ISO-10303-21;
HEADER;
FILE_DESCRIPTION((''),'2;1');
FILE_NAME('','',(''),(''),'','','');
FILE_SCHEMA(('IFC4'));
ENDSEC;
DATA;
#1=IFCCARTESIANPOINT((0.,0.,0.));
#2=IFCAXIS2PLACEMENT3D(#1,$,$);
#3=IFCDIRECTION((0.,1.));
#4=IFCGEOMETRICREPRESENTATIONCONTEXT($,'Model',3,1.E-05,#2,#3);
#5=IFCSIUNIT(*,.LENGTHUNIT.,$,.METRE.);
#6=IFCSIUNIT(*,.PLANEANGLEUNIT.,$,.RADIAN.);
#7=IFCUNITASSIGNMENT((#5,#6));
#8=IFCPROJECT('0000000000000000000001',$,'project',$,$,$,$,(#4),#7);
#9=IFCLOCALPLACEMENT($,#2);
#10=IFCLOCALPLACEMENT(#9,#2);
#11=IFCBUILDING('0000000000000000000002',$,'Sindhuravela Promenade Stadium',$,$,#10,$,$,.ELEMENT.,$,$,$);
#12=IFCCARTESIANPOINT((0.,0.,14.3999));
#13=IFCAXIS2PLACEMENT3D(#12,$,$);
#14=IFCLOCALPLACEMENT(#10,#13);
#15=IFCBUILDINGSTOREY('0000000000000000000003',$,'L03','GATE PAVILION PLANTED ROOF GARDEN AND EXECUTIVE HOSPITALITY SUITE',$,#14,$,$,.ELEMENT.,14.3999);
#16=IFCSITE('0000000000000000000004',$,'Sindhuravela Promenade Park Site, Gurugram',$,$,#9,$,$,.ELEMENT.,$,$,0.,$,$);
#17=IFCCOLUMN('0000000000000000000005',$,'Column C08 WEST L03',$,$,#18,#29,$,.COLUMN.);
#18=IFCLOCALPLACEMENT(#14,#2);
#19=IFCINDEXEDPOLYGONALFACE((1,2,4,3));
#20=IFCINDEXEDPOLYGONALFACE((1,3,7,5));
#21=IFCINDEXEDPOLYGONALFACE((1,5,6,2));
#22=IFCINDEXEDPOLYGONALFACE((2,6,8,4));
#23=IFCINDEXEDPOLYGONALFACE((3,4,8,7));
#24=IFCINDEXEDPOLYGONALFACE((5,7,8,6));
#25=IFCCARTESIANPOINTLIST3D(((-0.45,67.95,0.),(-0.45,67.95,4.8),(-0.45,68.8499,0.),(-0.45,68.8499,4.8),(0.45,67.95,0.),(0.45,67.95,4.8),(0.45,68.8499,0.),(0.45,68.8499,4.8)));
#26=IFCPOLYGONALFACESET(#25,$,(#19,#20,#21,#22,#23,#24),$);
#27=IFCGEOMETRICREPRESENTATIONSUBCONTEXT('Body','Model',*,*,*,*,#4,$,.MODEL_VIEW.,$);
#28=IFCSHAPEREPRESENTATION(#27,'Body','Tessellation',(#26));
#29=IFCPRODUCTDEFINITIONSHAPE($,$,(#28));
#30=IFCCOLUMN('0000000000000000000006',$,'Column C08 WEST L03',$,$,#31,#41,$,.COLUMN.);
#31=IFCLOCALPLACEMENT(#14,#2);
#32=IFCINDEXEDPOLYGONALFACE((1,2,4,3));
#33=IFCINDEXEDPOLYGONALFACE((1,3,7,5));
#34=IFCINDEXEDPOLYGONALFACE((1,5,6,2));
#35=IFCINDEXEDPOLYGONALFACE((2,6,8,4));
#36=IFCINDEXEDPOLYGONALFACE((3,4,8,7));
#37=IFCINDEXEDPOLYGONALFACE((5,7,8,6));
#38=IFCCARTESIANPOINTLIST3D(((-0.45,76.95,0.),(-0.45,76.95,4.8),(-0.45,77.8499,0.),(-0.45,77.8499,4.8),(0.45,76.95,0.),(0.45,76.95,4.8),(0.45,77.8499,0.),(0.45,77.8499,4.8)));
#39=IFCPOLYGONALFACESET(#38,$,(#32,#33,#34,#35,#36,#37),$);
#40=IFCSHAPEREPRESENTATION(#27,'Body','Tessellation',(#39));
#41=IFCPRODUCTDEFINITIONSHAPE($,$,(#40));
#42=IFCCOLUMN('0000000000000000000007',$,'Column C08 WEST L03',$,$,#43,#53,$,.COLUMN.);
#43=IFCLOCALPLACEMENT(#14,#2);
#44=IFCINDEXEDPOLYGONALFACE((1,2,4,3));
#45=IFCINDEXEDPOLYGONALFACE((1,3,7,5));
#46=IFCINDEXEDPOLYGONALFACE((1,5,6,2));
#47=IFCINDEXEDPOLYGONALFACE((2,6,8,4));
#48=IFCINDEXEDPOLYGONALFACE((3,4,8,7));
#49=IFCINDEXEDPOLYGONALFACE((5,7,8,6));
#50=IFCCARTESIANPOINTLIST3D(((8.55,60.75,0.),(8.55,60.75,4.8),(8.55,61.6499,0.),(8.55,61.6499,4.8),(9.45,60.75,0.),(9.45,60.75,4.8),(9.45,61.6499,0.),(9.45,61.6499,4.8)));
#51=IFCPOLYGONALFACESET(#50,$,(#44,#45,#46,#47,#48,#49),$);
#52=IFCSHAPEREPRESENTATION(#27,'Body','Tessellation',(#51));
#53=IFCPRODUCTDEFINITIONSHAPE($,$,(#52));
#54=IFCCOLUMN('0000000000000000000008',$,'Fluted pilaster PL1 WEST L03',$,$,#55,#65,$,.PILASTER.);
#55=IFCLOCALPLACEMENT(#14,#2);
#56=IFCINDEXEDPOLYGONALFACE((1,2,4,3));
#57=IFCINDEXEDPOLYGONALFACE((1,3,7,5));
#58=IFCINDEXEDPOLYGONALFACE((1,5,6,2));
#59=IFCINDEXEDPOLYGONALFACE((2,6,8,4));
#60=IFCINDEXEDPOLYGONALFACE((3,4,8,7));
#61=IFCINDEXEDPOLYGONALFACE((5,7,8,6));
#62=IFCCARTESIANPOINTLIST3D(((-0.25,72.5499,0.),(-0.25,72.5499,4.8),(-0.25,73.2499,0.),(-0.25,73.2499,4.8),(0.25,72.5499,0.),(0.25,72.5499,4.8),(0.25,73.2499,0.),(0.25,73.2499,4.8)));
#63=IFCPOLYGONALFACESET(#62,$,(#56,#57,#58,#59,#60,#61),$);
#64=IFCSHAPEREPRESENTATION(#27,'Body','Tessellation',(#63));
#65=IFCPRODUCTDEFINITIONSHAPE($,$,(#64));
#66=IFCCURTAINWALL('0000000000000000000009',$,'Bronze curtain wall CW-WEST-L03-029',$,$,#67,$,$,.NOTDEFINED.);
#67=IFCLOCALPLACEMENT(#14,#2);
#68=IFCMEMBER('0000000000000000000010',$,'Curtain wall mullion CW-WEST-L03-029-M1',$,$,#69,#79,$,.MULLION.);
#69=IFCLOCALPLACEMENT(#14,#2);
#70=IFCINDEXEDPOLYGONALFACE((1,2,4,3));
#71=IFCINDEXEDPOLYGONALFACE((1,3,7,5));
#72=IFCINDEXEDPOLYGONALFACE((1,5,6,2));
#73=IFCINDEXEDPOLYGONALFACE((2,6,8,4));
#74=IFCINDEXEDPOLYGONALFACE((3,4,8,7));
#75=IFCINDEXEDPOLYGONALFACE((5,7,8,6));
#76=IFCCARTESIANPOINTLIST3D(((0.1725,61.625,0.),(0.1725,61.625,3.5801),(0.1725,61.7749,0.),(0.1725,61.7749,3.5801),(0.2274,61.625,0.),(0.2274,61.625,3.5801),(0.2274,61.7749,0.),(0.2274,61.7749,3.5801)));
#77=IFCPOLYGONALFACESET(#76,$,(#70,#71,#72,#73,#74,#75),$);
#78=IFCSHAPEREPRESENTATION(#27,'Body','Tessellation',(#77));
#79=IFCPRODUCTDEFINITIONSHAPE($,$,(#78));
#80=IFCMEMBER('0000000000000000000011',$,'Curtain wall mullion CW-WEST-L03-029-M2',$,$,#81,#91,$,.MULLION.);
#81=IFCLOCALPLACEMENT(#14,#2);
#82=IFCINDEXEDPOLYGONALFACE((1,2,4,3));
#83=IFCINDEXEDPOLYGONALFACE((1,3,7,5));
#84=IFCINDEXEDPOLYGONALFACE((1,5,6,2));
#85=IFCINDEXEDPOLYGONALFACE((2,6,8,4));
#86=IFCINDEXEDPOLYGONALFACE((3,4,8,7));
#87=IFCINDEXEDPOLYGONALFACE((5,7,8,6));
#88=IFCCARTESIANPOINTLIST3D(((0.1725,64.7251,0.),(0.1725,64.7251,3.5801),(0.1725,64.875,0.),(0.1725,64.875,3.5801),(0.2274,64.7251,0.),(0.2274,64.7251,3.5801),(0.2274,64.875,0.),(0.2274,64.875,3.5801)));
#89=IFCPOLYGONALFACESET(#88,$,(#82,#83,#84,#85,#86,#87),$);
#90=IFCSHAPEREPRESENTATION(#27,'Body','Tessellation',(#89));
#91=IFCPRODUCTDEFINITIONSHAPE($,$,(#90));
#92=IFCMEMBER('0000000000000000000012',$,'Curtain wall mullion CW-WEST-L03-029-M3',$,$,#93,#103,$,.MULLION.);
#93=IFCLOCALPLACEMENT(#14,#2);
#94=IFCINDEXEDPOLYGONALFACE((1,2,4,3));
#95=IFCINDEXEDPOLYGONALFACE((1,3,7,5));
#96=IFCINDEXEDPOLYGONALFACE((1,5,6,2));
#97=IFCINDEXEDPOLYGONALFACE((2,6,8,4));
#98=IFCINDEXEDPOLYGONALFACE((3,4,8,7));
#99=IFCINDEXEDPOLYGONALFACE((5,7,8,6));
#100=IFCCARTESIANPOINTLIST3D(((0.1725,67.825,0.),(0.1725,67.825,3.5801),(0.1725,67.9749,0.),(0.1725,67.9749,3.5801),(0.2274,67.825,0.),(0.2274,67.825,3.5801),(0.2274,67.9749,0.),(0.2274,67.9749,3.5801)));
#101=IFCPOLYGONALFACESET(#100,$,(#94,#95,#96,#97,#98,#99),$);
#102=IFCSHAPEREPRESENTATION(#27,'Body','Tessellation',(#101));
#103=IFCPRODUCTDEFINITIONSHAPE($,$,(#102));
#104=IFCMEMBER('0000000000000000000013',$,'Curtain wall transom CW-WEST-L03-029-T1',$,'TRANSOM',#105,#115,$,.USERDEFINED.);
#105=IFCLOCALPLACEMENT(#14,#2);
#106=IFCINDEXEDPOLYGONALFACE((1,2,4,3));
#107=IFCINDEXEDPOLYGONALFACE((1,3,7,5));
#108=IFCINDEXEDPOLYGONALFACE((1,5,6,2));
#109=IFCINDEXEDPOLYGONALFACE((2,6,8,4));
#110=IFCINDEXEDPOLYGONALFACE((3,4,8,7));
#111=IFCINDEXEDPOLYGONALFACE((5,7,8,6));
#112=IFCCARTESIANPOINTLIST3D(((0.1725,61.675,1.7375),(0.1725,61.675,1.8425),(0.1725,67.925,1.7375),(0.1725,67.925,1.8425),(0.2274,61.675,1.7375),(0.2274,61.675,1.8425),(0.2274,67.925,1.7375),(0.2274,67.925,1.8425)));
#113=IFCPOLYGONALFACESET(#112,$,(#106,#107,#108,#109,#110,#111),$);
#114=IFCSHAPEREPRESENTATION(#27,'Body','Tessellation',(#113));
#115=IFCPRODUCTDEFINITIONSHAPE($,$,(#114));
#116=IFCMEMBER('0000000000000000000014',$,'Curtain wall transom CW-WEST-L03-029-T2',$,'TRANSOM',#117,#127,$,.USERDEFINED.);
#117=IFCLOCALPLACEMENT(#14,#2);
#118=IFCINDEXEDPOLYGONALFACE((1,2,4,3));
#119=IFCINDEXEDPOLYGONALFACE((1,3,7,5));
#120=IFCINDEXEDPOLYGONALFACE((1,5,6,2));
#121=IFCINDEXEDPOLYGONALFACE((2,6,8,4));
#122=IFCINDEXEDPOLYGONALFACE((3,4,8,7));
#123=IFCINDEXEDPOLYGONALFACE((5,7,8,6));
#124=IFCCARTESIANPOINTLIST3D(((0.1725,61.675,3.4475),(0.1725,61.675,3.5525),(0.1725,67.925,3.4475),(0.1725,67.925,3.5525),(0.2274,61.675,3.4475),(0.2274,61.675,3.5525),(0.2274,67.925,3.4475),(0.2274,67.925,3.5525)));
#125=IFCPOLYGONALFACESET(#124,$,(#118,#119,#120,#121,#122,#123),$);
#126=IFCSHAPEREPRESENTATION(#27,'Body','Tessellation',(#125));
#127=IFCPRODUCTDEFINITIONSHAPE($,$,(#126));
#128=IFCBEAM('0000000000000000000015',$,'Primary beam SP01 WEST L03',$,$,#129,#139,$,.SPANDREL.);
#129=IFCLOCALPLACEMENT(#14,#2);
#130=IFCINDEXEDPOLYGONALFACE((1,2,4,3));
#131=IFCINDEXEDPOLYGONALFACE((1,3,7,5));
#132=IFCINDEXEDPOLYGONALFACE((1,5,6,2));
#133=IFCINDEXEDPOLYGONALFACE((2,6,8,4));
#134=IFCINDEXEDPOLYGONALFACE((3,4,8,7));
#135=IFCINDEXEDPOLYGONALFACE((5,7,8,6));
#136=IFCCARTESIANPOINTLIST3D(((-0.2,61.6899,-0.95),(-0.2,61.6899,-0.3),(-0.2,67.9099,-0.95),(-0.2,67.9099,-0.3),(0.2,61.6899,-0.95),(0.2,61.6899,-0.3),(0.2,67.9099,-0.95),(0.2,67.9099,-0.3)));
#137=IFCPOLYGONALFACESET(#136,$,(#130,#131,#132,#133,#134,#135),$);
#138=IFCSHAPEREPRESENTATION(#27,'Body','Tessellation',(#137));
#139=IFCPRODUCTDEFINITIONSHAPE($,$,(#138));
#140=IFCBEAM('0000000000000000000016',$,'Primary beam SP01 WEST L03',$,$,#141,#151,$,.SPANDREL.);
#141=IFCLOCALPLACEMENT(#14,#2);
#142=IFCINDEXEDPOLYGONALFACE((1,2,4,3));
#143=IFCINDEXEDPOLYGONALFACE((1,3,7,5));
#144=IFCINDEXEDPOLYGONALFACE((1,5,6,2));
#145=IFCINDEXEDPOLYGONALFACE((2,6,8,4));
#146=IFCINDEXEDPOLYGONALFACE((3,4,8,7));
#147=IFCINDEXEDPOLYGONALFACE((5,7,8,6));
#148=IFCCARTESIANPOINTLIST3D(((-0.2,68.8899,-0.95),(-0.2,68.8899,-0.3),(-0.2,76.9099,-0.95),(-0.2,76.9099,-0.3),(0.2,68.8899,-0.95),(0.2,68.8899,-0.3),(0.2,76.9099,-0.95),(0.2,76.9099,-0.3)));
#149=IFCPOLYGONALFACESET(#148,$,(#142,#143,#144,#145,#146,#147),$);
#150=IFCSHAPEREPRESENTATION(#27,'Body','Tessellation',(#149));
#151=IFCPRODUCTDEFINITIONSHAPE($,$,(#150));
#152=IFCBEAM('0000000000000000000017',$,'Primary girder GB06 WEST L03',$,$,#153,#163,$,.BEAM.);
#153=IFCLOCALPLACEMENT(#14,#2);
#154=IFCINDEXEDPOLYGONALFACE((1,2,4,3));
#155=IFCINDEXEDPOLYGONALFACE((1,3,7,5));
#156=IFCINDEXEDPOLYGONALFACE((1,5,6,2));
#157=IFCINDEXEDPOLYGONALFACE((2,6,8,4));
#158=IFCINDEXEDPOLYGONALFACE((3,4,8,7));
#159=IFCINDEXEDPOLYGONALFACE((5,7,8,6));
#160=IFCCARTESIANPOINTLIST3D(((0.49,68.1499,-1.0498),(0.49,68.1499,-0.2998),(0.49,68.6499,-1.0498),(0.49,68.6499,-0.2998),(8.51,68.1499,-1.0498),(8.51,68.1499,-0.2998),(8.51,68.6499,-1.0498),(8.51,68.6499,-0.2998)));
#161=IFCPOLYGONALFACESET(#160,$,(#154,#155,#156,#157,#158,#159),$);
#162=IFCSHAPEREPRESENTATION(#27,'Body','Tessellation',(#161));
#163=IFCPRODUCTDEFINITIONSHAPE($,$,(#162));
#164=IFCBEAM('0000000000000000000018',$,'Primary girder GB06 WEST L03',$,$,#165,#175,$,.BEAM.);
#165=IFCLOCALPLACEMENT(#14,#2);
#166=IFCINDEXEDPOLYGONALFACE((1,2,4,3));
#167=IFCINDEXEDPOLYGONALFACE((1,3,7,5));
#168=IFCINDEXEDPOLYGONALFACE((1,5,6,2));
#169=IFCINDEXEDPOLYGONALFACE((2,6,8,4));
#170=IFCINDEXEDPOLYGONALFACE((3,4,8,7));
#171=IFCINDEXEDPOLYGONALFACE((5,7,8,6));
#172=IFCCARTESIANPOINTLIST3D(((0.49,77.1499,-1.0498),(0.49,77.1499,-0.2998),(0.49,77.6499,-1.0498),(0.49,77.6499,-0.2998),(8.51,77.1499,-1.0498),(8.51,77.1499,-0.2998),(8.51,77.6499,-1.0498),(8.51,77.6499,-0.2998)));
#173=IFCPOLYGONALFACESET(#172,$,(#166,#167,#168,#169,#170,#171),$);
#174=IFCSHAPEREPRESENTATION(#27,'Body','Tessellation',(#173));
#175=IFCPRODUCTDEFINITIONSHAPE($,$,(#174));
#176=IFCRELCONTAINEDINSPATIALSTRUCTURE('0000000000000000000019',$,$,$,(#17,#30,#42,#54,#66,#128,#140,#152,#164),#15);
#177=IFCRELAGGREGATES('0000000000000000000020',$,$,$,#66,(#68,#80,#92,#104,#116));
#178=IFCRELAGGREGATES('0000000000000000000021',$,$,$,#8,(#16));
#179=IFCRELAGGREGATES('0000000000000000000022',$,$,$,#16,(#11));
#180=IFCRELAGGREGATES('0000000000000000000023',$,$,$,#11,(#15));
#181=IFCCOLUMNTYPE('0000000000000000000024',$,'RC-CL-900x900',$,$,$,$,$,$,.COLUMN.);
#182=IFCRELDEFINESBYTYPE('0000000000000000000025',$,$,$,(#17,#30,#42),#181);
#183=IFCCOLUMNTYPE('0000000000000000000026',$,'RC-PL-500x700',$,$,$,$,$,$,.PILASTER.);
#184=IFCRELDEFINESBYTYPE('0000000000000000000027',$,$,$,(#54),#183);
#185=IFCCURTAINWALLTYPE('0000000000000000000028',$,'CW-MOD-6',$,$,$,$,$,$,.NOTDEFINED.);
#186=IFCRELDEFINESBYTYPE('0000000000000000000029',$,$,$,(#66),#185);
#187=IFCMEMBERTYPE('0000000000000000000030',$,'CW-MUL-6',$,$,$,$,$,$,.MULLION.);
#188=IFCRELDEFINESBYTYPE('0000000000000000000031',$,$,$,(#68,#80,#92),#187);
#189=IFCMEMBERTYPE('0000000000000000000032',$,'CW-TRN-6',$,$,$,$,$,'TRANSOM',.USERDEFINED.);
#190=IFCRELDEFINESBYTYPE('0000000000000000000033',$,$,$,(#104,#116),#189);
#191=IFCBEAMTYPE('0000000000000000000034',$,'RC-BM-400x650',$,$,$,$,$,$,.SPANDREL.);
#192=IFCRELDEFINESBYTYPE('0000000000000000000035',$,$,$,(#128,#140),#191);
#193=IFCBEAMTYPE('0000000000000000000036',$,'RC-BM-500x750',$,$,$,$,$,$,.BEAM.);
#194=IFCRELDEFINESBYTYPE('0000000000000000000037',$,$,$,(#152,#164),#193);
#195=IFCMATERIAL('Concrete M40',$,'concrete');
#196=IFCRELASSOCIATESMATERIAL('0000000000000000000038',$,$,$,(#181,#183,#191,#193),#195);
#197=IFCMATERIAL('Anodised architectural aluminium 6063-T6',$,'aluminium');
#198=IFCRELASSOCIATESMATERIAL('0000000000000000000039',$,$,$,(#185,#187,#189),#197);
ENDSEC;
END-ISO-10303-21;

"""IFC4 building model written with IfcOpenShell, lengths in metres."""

from ifc_helpers import new_model, si_unit, direction, frame, origin, origin_2d, place, context, subcontext, project, spatial, rectangle, extrude, material, material_profile, profile_set, type_object, element, aggregate, save


model = new_model("IFC4")

# Units and contexts
model_context = context("Model", 3, precision=1e-05, world=origin(), true_north=direction((0.0, 1.0)))
body_context = subcontext(model_context, "Body", "Model", "MODEL_VIEW")
ifc_project = project(units=[si_unit("LENGTHUNIT", "METRE"), si_unit("PLANEANGLEUNIT", "RADIAN")], contexts=[model_context])

# Site, building, storey
site_placement = place(None, origin())
site = spatial("IfcSite", under=ifc_project, at=site_placement, Name="Sindhuravela Promenade Park Site, Gurugram", CompositionType="ELEMENT", RefElevation=0.0)
building_placement = place(site_placement, origin())
building = spatial("IfcBuilding", under=site, at=building_placement, Name="Sindhuravela Promenade Stadium", CompositionType="ELEMENT")
storey_placement = place(building_placement, frame((0.0, 0.0, 14.3999)))
storey = spatial("IfcBuildingStorey", under=building, at=storey_placement, Name="L03", Description="GATE PAVILION PLANTED ROOF GARDEN AND EXECUTIVE HOSPITALITY SUITE", CompositionType="ELEMENT", Elevation=14.3999)

# Columns
ifc_material_1 = material(Name="Concrete M40", Category="concrete")
ifc_material_profile_1 = material_profile(ifc_material_1, rectangle(XDim=0.8999, YDim=0.8999, at=origin_2d()), Name="RC 900x900")
ifc_profile_set_1 = profile_set([ifc_material_profile_1], Name="Concrete M40")
column_type_1 = type_object("IfcColumnType", Name="RC-CL-900x900", PredefinedType="COLUMN", material=ifc_profile_set_1)
for number, where, z_axis, x_axis, name in (
    (1, (0.0, 68.3999, 0.0), (0.0, 0.0, 1.0), (1.0, 0.0, 0.0), "Column C08 WEST L03"),
    (2, (0.0, 77.3999, 0.0), (0.0, 0.0, 1.0), (1.0, 0.0, 0.0), "Column C08 WEST L03"),
    (3, (9.0, 61.2, 0.0), (0.0, 0.0, 1.0), (1.0, 0.0, 0.0), "Column C08 WEST L03"),
):
    element("IfcColumn", number, at=place(storey_placement, frame(where, z_axis=z_axis, x_axis=x_axis)), inside=storey, type_object=column_type_1, Name=name, PredefinedType="COLUMN", context=body_context, shape_type="SweptSolid", body=[
        extrude(rectangle(XDim=0.8999, YDim=0.8999, at=origin_2d()), origin(), (0.0, 0.0, 1.0), 4.8),
    ])
ifc_material_profile_2 = material_profile(ifc_material_1, rectangle(XDim=0.5, YDim=0.7, at=origin_2d()), Name="PIL 500x700")
ifc_profile_set_2 = profile_set([ifc_material_profile_2], Name="Concrete M40")
column_type_2 = type_object("IfcColumnType", Name="RC-PL-500x700", PredefinedType="PILASTER", material=ifc_profile_set_2)
column_placement = place(storey_placement, frame((0.0, 72.8999, 0.0), z_axis=(0.0, 0.0, 1.0), x_axis=(1.0, 0.0, 0.0)))
element("IfcColumn", 4, at=column_placement, inside=storey, type_object=column_type_2, Name="Fluted pilaster PL1 WEST L03", PredefinedType="PILASTER", context=body_context, shape_type="SweptSolid", body=[
    extrude(rectangle(XDim=0.5, YDim=0.7, at=origin_2d()), origin(), (0.0, 0.0, 1.0), 4.8),
])

# Curtain wall, members
ifc_material_2 = material(Name="Anodised architectural aluminium 6063-T6", Category="aluminium")
curtain_wall_type = type_object("IfcCurtainWallType", Name="CW-MOD-6", PredefinedType="NOTDEFINED", material=ifc_material_2)
curtain_wall_placement = place(storey_placement, origin())
curtain_wall = element("IfcCurtainWall", 5, at=curtain_wall_placement, inside=storey, type_object=curtain_wall_type, Name="Bronze curtain wall CW-WEST-L03-029", PredefinedType="NOTDEFINED")
ifc_material_profile_3 = material_profile(ifc_material_2, rectangle(XDim=0.0549, YDim=0.1499, at=origin_2d()), Name="ALU M55x150")
ifc_profile_set_3 = profile_set([ifc_material_profile_3], Name="Anodised architectural aluminium 6063-T6")
member_type_1 = type_object("IfcMemberType", Name="CW-MUL-6", PredefinedType="MULLION", material=ifc_profile_set_3)
member_1_placement = place(storey_placement, frame((0.2, 61.7, 0.0), z_axis=(0.0, 0.0, 1.0), x_axis=(1.0, 0.0, 0.0)))
member_1 = element("IfcMember", 6, at=member_1_placement, type_object=member_type_1, Name="Curtain wall mullion CW-WEST-L03-029-M1", PredefinedType="MULLION", context=body_context, shape_type="SweptSolid", body=[
    extrude(rectangle(XDim=0.0549, YDim=0.1499, at=origin_2d()), origin(), (0.0, 0.0, 1.0), 3.5801),
])
member_2_placement = place(storey_placement, frame((0.2, 64.8, 0.0), z_axis=(0.0, 0.0, 1.0), x_axis=(1.0, 0.0, 0.0)))
member_2 = element("IfcMember", 7, at=member_2_placement, type_object=member_type_1, Name="Curtain wall mullion CW-WEST-L03-029-M2", PredefinedType="MULLION", context=body_context, shape_type="SweptSolid", body=[
    extrude(rectangle(XDim=0.0549, YDim=0.1499, at=origin_2d()), origin(), (0.0, 0.0, 1.0), 3.5801),
])
member_3_placement = place(storey_placement, frame((0.2, 67.8999, 0.0), z_axis=(0.0, 0.0, 1.0), x_axis=(1.0, 0.0, 0.0)))
member_3 = element("IfcMember", 8, at=member_3_placement, type_object=member_type_1, Name="Curtain wall mullion CW-WEST-L03-029-M3", PredefinedType="MULLION", context=body_context, shape_type="SweptSolid", body=[
    extrude(rectangle(XDim=0.0549, YDim=0.1499, at=origin_2d()), origin(), (0.0, 0.0, 1.0), 3.5801),
])
ifc_material_profile_4 = material_profile(ifc_material_2, rectangle(XDim=0.0549, YDim=0.105, at=origin_2d()), Name="ALU T55x105")
ifc_profile_set_4 = profile_set([ifc_material_profile_4], Name="Anodised architectural aluminium 6063-T6")
member_type_2 = type_object("IfcMemberType", Name="CW-TRN-6", ElementType="TRANSOM", PredefinedType="USERDEFINED", material=ifc_profile_set_4)
member_4_placement = place(storey_placement, frame((0.2, 61.675, 1.79), z_axis=(0.0, 1.0, 0.0), x_axis=(-1.0, 0.0, 0.0)))
member_4 = element("IfcMember", 9, at=member_4_placement, type_object=member_type_2, Name="Curtain wall transom CW-WEST-L03-029-T1", ObjectType="TRANSOM", PredefinedType="USERDEFINED", context=body_context, shape_type="SweptSolid", body=[
    extrude(rectangle(XDim=0.0549, YDim=0.105, at=origin_2d()), origin(), (0.0, 0.0, 1.0), 6.25),
])
member_5_placement = place(storey_placement, frame((0.2, 61.675, 3.5), z_axis=(0.0, 1.0, 0.0), x_axis=(-1.0, 0.0, 0.0)))
member_5 = element("IfcMember", 10, at=member_5_placement, type_object=member_type_2, Name="Curtain wall transom CW-WEST-L03-029-T2", ObjectType="TRANSOM", PredefinedType="USERDEFINED", context=body_context, shape_type="SweptSolid", body=[
    extrude(rectangle(XDim=0.0549, YDim=0.105, at=origin_2d()), origin(), (0.0, 0.0, 1.0), 6.25),
])

# Beams
ifc_material_profile_5 = material_profile(ifc_material_1, rectangle(XDim=0.3999, YDim=0.6499, at=origin_2d()), Name="RC 400x650")
ifc_profile_set_5 = profile_set([ifc_material_profile_5], Name="Concrete M40")
beam_type_1 = type_object("IfcBeamType", Name="RC-BM-400x650", PredefinedType="SPANDREL", material=ifc_profile_set_5)
beam_1_placement = place(storey_placement, frame((0.0, 61.6899, -0.625), z_axis=(0.0, 1.0, 0.0), x_axis=(-1.0, 0.0, 0.0)))
element("IfcBeam", 11, at=beam_1_placement, inside=storey, type_object=beam_type_1, Name="Primary beam SP01 WEST L03", PredefinedType="SPANDREL", context=body_context, shape_type="SweptSolid", body=[
    extrude(rectangle(XDim=0.3999, YDim=0.6499, at=origin_2d()), origin(), (0.0, 0.0, 1.0), 6.22),
])
beam_2_placement = place(storey_placement, frame((0.0, 68.8899, -0.625), z_axis=(0.0, 1.0, 0.0), x_axis=(-1.0, 0.0, 0.0)))
element("IfcBeam", 12, at=beam_2_placement, inside=storey, type_object=beam_type_1, Name="Primary beam SP01 WEST L03", PredefinedType="SPANDREL", context=body_context, shape_type="SweptSolid", body=[
    extrude(rectangle(XDim=0.3999, YDim=0.6499, at=origin_2d()), origin(), (0.0, 0.0, 1.0), 8.02),
])
ifc_material_profile_6 = material_profile(ifc_material_1, rectangle(XDim=0.5, YDim=0.75, at=origin_2d()), Name="RC 500x750")
ifc_profile_set_6 = profile_set([ifc_material_profile_6], Name="Concrete M40")
beam_type_2 = type_object("IfcBeamType", Name="RC-BM-500x750", PredefinedType="BEAM", material=ifc_profile_set_6)
for number, where, z_axis, x_axis, name in (
    (13, (0.49, 68.3999, -0.6748), (1.0, 0.0, 0.0), (0.0, 1.0, 0.0), "Primary girder GB06 WEST L03"),
    (14, (0.49, 77.3999, -0.6748), (1.0, 0.0, 0.0), (0.0, 1.0, 0.0), "Primary girder GB06 WEST L03"),
):
    element("IfcBeam", number, at=place(storey_placement, frame(where, z_axis=z_axis, x_axis=x_axis)), inside=storey, type_object=beam_type_2, Name=name, PredefinedType="BEAM", context=body_context, shape_type="SweptSolid", body=[
        extrude(rectangle(XDim=0.5, YDim=0.75, at=origin_2d()), origin(), (0.0, 0.0, 1.0), 8.02),
    ])

aggregate(curtain_wall, [member_1, member_2, member_3, member_4, member_5])

save(model, "model.ifc")
